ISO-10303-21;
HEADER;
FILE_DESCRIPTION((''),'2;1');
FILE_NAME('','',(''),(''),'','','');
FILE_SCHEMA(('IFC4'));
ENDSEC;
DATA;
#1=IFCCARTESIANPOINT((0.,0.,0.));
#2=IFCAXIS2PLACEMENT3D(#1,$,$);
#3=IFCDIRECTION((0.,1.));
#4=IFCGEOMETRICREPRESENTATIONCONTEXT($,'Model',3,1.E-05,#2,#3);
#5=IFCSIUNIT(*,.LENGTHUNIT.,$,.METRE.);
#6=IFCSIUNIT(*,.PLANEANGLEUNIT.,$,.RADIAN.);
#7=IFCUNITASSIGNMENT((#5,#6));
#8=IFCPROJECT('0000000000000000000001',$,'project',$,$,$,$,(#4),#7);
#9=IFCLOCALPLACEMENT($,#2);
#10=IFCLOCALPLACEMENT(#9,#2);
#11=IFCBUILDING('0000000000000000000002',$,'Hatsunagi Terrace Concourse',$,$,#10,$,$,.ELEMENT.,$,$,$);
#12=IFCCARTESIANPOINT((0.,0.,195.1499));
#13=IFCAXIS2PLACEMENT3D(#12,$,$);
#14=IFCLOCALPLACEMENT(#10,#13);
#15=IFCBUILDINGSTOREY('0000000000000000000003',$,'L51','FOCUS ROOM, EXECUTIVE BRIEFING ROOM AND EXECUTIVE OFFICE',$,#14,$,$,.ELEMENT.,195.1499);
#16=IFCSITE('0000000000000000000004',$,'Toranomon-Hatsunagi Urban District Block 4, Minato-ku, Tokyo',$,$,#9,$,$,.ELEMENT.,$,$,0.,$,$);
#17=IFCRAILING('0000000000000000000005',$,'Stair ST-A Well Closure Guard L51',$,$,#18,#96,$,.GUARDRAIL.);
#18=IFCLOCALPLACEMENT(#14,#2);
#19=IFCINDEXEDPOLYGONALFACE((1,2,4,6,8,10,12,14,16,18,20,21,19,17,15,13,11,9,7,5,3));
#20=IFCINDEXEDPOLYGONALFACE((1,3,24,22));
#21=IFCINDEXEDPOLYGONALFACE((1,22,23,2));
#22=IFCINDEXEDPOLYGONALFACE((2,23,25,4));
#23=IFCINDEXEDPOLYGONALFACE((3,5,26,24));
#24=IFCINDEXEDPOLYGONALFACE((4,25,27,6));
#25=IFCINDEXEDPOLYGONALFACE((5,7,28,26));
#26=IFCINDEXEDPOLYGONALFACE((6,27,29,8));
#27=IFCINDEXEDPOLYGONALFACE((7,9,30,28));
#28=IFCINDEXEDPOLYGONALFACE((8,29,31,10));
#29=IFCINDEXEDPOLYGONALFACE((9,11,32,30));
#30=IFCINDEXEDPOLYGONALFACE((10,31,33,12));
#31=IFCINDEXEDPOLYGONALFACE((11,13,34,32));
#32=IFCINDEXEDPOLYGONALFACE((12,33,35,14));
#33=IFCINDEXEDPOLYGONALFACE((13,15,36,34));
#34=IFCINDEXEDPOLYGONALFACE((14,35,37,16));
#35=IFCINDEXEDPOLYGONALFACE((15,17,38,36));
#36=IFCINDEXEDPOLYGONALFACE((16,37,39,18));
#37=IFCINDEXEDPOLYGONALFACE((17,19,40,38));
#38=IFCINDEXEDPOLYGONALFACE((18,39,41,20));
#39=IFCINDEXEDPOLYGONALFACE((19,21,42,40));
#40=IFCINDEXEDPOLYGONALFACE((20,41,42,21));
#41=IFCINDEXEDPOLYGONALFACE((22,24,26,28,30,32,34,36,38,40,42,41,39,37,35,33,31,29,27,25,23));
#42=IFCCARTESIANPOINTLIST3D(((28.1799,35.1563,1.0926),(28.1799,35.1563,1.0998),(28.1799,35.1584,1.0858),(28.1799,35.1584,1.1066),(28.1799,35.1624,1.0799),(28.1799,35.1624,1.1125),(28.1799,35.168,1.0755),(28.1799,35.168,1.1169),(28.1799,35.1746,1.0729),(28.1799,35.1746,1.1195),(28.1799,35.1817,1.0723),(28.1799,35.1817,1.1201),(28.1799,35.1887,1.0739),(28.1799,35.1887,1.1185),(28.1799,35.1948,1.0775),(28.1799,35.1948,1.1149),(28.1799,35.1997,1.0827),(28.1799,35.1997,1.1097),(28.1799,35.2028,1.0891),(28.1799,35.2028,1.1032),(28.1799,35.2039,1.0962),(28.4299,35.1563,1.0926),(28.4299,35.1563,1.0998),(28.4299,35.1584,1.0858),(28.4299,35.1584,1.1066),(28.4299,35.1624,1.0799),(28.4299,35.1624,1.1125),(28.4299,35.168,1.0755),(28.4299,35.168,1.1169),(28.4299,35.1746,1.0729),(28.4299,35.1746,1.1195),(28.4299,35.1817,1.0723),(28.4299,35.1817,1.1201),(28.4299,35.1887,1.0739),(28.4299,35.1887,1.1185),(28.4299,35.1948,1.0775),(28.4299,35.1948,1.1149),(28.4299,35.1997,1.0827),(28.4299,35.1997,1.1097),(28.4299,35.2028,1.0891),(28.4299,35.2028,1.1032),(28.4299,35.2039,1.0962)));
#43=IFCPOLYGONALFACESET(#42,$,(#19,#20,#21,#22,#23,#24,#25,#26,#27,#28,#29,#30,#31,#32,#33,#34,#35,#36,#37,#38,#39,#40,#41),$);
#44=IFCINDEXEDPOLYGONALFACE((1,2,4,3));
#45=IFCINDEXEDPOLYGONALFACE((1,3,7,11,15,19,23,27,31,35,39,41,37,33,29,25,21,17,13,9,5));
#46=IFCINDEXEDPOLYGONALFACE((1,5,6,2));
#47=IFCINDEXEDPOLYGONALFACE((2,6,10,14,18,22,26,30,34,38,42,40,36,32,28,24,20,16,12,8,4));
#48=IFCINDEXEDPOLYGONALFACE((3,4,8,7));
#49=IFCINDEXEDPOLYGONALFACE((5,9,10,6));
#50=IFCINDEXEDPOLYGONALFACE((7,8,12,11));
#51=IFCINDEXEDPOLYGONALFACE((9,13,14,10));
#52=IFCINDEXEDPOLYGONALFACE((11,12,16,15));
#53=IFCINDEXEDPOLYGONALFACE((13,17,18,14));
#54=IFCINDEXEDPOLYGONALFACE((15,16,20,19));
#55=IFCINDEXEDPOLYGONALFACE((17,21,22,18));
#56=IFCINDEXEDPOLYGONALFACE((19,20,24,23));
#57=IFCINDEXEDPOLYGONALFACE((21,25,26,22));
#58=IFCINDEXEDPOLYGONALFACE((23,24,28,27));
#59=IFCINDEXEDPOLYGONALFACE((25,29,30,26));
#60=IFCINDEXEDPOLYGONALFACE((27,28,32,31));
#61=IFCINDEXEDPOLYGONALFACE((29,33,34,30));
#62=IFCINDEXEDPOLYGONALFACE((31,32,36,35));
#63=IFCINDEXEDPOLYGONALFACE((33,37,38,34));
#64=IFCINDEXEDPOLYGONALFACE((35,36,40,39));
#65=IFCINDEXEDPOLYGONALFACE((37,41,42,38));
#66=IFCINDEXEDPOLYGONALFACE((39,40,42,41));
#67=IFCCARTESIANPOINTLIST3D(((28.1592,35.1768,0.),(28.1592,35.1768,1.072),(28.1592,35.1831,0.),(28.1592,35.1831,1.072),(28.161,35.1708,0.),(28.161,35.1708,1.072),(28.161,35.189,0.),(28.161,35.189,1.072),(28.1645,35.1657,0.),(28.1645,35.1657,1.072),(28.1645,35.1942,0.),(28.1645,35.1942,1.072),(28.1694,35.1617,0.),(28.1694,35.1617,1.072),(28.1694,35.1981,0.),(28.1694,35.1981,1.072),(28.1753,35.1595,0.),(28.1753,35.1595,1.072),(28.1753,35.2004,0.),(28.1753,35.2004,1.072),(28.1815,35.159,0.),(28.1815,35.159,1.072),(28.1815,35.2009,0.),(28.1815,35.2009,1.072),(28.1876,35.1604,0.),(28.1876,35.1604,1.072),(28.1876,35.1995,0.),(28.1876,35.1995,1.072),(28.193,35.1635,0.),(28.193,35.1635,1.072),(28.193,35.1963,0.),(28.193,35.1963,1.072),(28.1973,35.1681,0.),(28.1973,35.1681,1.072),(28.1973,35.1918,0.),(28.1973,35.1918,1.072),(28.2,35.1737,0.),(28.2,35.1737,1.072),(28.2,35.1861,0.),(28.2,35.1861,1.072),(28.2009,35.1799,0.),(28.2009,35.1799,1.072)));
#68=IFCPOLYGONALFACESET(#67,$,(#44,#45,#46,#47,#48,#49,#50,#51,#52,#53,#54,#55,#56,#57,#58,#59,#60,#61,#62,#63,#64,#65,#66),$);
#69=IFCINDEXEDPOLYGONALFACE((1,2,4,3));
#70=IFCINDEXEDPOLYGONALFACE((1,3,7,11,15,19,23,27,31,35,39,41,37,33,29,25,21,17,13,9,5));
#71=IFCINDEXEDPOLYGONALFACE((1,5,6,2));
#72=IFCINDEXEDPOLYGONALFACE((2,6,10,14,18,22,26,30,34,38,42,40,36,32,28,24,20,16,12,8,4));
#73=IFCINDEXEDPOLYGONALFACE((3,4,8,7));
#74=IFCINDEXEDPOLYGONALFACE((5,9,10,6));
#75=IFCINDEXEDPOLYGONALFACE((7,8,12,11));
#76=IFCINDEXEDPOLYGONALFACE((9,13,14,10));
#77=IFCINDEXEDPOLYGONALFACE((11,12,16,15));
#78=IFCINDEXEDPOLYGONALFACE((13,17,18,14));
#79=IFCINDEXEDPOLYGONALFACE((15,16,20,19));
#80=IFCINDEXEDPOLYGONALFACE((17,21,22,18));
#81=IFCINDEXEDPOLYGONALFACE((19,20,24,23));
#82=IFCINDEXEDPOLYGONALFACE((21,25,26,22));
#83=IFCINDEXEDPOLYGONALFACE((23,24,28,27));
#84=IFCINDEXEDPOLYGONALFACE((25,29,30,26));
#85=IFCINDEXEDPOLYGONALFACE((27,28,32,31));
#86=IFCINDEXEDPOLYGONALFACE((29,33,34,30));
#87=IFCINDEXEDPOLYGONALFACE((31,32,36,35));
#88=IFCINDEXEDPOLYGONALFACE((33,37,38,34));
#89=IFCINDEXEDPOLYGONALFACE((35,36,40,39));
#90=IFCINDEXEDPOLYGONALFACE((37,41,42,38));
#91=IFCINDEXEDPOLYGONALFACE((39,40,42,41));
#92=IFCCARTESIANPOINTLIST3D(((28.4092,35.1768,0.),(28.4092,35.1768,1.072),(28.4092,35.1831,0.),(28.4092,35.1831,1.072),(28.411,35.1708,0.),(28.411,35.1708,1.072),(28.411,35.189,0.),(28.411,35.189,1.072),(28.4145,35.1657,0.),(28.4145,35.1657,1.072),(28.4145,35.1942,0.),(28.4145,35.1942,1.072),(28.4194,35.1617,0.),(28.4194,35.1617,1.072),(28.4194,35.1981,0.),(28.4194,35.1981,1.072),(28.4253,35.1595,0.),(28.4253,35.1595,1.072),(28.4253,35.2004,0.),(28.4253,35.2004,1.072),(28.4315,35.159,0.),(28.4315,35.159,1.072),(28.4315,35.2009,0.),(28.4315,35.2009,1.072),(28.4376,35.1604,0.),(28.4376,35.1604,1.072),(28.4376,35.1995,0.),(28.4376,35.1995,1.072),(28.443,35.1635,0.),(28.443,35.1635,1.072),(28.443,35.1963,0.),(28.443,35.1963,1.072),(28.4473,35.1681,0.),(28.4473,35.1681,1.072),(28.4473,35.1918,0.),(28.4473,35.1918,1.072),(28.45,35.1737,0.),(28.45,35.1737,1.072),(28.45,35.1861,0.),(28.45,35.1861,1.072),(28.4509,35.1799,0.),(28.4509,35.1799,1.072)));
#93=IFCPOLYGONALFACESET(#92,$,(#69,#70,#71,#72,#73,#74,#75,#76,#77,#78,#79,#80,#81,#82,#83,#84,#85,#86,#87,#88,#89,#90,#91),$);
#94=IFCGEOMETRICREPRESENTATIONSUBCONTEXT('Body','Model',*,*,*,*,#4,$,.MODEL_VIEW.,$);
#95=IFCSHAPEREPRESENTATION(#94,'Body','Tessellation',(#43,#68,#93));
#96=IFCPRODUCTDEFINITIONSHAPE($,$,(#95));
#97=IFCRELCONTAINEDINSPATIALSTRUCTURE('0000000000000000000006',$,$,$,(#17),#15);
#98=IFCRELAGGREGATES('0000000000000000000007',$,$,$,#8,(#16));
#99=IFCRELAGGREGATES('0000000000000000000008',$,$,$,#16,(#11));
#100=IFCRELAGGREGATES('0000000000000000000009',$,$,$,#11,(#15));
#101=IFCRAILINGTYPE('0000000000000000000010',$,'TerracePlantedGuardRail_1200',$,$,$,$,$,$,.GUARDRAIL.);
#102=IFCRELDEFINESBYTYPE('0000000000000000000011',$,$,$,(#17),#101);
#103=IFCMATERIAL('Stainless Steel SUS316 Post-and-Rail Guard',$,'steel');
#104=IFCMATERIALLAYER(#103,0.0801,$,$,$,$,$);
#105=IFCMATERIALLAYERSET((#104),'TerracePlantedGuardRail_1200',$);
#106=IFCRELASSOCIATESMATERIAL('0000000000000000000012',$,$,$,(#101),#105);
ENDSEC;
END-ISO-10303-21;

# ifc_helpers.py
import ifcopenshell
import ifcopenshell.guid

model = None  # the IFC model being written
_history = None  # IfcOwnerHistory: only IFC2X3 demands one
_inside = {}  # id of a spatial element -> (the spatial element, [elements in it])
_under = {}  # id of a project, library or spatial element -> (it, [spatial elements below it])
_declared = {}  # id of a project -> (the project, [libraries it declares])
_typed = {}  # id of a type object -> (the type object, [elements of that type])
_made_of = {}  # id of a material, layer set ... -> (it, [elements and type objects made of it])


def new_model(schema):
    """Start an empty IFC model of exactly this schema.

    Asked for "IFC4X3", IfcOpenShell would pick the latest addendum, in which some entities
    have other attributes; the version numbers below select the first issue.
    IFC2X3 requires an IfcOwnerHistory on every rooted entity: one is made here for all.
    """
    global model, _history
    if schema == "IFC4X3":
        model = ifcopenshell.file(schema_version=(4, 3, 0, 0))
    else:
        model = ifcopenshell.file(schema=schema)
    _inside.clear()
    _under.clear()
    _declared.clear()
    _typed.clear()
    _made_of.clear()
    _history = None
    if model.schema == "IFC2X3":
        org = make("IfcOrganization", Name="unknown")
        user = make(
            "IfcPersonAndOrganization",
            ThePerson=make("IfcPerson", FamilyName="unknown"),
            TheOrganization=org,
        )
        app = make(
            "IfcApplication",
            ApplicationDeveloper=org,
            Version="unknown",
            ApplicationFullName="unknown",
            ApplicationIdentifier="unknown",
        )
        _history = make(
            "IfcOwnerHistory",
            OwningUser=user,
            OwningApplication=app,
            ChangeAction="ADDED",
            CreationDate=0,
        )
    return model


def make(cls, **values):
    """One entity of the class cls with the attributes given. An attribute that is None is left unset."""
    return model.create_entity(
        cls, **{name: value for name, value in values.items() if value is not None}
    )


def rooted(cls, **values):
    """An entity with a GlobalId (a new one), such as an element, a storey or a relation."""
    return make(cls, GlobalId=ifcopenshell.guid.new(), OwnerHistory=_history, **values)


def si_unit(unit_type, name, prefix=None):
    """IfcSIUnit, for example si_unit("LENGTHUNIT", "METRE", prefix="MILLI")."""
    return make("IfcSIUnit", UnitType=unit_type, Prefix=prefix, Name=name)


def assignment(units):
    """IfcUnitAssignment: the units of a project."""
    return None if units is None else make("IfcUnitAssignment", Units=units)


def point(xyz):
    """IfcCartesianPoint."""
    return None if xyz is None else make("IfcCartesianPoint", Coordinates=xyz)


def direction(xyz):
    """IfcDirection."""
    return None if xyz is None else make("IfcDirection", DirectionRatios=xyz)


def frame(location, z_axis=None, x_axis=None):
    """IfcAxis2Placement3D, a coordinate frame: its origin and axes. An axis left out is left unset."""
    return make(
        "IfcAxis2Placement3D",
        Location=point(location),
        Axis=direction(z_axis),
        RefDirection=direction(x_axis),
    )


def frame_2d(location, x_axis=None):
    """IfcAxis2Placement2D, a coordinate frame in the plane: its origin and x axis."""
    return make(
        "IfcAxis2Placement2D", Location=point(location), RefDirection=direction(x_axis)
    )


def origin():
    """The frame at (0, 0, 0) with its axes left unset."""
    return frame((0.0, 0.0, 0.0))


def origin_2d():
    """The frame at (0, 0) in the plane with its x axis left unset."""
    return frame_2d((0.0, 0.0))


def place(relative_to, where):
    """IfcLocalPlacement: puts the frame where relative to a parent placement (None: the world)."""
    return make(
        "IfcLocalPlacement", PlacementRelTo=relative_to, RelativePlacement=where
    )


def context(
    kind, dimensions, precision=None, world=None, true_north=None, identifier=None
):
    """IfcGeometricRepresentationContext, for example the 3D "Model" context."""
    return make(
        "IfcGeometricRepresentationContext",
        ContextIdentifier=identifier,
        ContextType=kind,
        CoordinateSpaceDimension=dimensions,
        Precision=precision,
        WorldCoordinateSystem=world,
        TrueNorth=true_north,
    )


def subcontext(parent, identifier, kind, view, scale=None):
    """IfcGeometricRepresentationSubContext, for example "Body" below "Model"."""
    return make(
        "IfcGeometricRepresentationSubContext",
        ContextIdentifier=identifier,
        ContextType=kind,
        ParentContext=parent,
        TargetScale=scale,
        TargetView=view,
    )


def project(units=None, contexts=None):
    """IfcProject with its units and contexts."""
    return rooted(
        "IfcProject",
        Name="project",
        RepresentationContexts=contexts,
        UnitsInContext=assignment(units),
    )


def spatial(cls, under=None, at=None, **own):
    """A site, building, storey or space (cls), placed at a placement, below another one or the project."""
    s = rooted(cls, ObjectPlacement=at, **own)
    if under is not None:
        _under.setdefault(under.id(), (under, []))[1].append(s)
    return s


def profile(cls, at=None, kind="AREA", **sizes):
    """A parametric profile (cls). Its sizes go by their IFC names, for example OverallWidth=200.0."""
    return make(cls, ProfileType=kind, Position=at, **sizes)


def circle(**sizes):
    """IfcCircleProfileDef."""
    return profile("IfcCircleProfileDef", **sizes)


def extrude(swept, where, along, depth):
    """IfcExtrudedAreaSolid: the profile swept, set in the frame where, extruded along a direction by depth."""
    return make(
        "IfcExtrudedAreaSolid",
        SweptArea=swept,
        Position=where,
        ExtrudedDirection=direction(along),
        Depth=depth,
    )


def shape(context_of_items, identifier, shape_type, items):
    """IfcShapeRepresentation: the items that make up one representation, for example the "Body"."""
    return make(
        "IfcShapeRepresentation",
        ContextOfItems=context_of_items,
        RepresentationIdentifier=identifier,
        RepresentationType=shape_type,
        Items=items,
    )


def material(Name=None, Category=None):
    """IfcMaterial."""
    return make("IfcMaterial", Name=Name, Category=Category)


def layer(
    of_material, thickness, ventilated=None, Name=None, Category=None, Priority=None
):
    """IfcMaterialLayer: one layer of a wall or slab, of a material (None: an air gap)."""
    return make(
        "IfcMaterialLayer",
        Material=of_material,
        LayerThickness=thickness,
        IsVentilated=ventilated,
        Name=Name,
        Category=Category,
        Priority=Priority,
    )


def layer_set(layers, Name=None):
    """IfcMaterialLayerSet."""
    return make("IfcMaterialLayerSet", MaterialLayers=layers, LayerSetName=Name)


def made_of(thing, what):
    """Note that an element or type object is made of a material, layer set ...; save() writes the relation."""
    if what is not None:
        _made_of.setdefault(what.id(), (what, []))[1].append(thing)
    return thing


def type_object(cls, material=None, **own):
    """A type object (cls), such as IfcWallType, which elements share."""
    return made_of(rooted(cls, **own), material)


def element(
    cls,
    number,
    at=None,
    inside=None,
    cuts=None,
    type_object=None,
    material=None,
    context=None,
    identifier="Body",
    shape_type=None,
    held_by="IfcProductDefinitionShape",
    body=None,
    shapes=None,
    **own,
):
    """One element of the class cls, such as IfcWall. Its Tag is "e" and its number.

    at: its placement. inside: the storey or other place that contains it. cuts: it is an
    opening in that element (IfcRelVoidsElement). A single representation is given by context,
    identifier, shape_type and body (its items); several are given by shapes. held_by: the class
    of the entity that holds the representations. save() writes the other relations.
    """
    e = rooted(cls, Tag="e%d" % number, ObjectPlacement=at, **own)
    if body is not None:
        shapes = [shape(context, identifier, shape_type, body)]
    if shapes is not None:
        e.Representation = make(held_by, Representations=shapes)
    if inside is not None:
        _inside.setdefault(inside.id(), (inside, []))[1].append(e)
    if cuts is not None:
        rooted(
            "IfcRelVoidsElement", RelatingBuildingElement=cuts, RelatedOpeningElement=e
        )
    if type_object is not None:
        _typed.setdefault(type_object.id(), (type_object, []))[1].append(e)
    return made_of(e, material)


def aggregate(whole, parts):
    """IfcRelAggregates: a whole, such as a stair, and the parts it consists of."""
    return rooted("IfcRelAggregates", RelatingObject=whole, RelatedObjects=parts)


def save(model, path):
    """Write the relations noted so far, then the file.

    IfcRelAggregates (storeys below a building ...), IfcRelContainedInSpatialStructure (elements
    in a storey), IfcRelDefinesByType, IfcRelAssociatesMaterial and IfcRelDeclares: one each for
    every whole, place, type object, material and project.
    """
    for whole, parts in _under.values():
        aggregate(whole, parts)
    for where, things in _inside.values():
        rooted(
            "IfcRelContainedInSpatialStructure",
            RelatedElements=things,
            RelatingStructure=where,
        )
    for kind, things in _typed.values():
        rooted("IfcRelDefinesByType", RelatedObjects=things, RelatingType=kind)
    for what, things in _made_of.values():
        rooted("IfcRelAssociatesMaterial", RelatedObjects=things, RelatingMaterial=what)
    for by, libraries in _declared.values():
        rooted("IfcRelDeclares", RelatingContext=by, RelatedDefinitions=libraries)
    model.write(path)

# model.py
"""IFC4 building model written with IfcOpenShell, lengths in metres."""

from ifc_helpers import new_model, si_unit, direction, frame, origin, origin_2d, place, context, subcontext, project, spatial, circle, extrude, material, layer, layer_set, type_object, element, save


model = new_model("IFC4")

# Units and contexts
model_context = context("Model", 3, precision=1e-05, world=origin(), true_north=direction((0.0, 1.0)))
body_context = subcontext(model_context, "Body", "Model", "MODEL_VIEW")
ifc_project = project(units=[si_unit("LENGTHUNIT", "METRE"), si_unit("PLANEANGLEUNIT", "RADIAN")], contexts=[model_context])

# Site, building, storey
site_placement = place(None, origin())
site = spatial("IfcSite", under=ifc_project, at=site_placement, Name="Toranomon-Hatsunagi Urban District Block 4, Minato-ku, Tokyo", CompositionType="ELEMENT", RefElevation=0.0)
building_placement = place(site_placement, origin())
building = spatial("IfcBuilding", under=site, at=building_placement, Name="Hatsunagi Terrace Concourse", CompositionType="ELEMENT")
storey_placement = place(building_placement, frame((0.0, 0.0, 195.1499)))
storey = spatial("IfcBuildingStorey", under=building, at=storey_placement, Name="L51", Description="FOCUS ROOM, EXECUTIVE BRIEFING ROOM AND EXECUTIVE OFFICE", CompositionType="ELEMENT", Elevation=195.1499)

# Railing
ifc_material_1 = material(Name="Stainless Steel SUS316 Post-and-Rail Guard", Category="steel")
ifc_layer_1 = layer(ifc_material_1, 0.0801)
ifc_layer_set_1 = layer_set([ifc_layer_1], Name="TerracePlantedGuardRail_1200")
railing_type_1 = type_object("IfcRailingType", Name="TerracePlantedGuardRail_1200", PredefinedType="GUARDRAIL", material=ifc_layer_set_1)
railing_1_placement = place(storey_placement, frame((28.1799, 35.1799, 0.0)))
element("IfcRailing", 1, at=railing_1_placement, inside=storey, type_object=railing_type_1, Name="Stair ST-A Well Closure Guard L51", PredefinedType="GUARDRAIL", context=body_context, shape_type="SweptSolid", body=[
    extrude(circle(Radius=0.0239, at=origin_2d()), frame((0.0, 0.0, 1.0962), z_axis=(1.0, 0.0, 0.0), x_axis=(0.0, 1.0, 0.0)), (0.0, 0.0, 1.0), 0.25),
    extrude(circle(Radius=0.021, at=origin_2d()), origin(), (0.0, 0.0, 1.0), 1.072),
    extrude(circle(Radius=0.021, at=origin_2d()), frame((0.25, 0.0, 0.0)), (0.0, 0.0, 1.0), 1.072),
])

save(model, "model.ifc")
